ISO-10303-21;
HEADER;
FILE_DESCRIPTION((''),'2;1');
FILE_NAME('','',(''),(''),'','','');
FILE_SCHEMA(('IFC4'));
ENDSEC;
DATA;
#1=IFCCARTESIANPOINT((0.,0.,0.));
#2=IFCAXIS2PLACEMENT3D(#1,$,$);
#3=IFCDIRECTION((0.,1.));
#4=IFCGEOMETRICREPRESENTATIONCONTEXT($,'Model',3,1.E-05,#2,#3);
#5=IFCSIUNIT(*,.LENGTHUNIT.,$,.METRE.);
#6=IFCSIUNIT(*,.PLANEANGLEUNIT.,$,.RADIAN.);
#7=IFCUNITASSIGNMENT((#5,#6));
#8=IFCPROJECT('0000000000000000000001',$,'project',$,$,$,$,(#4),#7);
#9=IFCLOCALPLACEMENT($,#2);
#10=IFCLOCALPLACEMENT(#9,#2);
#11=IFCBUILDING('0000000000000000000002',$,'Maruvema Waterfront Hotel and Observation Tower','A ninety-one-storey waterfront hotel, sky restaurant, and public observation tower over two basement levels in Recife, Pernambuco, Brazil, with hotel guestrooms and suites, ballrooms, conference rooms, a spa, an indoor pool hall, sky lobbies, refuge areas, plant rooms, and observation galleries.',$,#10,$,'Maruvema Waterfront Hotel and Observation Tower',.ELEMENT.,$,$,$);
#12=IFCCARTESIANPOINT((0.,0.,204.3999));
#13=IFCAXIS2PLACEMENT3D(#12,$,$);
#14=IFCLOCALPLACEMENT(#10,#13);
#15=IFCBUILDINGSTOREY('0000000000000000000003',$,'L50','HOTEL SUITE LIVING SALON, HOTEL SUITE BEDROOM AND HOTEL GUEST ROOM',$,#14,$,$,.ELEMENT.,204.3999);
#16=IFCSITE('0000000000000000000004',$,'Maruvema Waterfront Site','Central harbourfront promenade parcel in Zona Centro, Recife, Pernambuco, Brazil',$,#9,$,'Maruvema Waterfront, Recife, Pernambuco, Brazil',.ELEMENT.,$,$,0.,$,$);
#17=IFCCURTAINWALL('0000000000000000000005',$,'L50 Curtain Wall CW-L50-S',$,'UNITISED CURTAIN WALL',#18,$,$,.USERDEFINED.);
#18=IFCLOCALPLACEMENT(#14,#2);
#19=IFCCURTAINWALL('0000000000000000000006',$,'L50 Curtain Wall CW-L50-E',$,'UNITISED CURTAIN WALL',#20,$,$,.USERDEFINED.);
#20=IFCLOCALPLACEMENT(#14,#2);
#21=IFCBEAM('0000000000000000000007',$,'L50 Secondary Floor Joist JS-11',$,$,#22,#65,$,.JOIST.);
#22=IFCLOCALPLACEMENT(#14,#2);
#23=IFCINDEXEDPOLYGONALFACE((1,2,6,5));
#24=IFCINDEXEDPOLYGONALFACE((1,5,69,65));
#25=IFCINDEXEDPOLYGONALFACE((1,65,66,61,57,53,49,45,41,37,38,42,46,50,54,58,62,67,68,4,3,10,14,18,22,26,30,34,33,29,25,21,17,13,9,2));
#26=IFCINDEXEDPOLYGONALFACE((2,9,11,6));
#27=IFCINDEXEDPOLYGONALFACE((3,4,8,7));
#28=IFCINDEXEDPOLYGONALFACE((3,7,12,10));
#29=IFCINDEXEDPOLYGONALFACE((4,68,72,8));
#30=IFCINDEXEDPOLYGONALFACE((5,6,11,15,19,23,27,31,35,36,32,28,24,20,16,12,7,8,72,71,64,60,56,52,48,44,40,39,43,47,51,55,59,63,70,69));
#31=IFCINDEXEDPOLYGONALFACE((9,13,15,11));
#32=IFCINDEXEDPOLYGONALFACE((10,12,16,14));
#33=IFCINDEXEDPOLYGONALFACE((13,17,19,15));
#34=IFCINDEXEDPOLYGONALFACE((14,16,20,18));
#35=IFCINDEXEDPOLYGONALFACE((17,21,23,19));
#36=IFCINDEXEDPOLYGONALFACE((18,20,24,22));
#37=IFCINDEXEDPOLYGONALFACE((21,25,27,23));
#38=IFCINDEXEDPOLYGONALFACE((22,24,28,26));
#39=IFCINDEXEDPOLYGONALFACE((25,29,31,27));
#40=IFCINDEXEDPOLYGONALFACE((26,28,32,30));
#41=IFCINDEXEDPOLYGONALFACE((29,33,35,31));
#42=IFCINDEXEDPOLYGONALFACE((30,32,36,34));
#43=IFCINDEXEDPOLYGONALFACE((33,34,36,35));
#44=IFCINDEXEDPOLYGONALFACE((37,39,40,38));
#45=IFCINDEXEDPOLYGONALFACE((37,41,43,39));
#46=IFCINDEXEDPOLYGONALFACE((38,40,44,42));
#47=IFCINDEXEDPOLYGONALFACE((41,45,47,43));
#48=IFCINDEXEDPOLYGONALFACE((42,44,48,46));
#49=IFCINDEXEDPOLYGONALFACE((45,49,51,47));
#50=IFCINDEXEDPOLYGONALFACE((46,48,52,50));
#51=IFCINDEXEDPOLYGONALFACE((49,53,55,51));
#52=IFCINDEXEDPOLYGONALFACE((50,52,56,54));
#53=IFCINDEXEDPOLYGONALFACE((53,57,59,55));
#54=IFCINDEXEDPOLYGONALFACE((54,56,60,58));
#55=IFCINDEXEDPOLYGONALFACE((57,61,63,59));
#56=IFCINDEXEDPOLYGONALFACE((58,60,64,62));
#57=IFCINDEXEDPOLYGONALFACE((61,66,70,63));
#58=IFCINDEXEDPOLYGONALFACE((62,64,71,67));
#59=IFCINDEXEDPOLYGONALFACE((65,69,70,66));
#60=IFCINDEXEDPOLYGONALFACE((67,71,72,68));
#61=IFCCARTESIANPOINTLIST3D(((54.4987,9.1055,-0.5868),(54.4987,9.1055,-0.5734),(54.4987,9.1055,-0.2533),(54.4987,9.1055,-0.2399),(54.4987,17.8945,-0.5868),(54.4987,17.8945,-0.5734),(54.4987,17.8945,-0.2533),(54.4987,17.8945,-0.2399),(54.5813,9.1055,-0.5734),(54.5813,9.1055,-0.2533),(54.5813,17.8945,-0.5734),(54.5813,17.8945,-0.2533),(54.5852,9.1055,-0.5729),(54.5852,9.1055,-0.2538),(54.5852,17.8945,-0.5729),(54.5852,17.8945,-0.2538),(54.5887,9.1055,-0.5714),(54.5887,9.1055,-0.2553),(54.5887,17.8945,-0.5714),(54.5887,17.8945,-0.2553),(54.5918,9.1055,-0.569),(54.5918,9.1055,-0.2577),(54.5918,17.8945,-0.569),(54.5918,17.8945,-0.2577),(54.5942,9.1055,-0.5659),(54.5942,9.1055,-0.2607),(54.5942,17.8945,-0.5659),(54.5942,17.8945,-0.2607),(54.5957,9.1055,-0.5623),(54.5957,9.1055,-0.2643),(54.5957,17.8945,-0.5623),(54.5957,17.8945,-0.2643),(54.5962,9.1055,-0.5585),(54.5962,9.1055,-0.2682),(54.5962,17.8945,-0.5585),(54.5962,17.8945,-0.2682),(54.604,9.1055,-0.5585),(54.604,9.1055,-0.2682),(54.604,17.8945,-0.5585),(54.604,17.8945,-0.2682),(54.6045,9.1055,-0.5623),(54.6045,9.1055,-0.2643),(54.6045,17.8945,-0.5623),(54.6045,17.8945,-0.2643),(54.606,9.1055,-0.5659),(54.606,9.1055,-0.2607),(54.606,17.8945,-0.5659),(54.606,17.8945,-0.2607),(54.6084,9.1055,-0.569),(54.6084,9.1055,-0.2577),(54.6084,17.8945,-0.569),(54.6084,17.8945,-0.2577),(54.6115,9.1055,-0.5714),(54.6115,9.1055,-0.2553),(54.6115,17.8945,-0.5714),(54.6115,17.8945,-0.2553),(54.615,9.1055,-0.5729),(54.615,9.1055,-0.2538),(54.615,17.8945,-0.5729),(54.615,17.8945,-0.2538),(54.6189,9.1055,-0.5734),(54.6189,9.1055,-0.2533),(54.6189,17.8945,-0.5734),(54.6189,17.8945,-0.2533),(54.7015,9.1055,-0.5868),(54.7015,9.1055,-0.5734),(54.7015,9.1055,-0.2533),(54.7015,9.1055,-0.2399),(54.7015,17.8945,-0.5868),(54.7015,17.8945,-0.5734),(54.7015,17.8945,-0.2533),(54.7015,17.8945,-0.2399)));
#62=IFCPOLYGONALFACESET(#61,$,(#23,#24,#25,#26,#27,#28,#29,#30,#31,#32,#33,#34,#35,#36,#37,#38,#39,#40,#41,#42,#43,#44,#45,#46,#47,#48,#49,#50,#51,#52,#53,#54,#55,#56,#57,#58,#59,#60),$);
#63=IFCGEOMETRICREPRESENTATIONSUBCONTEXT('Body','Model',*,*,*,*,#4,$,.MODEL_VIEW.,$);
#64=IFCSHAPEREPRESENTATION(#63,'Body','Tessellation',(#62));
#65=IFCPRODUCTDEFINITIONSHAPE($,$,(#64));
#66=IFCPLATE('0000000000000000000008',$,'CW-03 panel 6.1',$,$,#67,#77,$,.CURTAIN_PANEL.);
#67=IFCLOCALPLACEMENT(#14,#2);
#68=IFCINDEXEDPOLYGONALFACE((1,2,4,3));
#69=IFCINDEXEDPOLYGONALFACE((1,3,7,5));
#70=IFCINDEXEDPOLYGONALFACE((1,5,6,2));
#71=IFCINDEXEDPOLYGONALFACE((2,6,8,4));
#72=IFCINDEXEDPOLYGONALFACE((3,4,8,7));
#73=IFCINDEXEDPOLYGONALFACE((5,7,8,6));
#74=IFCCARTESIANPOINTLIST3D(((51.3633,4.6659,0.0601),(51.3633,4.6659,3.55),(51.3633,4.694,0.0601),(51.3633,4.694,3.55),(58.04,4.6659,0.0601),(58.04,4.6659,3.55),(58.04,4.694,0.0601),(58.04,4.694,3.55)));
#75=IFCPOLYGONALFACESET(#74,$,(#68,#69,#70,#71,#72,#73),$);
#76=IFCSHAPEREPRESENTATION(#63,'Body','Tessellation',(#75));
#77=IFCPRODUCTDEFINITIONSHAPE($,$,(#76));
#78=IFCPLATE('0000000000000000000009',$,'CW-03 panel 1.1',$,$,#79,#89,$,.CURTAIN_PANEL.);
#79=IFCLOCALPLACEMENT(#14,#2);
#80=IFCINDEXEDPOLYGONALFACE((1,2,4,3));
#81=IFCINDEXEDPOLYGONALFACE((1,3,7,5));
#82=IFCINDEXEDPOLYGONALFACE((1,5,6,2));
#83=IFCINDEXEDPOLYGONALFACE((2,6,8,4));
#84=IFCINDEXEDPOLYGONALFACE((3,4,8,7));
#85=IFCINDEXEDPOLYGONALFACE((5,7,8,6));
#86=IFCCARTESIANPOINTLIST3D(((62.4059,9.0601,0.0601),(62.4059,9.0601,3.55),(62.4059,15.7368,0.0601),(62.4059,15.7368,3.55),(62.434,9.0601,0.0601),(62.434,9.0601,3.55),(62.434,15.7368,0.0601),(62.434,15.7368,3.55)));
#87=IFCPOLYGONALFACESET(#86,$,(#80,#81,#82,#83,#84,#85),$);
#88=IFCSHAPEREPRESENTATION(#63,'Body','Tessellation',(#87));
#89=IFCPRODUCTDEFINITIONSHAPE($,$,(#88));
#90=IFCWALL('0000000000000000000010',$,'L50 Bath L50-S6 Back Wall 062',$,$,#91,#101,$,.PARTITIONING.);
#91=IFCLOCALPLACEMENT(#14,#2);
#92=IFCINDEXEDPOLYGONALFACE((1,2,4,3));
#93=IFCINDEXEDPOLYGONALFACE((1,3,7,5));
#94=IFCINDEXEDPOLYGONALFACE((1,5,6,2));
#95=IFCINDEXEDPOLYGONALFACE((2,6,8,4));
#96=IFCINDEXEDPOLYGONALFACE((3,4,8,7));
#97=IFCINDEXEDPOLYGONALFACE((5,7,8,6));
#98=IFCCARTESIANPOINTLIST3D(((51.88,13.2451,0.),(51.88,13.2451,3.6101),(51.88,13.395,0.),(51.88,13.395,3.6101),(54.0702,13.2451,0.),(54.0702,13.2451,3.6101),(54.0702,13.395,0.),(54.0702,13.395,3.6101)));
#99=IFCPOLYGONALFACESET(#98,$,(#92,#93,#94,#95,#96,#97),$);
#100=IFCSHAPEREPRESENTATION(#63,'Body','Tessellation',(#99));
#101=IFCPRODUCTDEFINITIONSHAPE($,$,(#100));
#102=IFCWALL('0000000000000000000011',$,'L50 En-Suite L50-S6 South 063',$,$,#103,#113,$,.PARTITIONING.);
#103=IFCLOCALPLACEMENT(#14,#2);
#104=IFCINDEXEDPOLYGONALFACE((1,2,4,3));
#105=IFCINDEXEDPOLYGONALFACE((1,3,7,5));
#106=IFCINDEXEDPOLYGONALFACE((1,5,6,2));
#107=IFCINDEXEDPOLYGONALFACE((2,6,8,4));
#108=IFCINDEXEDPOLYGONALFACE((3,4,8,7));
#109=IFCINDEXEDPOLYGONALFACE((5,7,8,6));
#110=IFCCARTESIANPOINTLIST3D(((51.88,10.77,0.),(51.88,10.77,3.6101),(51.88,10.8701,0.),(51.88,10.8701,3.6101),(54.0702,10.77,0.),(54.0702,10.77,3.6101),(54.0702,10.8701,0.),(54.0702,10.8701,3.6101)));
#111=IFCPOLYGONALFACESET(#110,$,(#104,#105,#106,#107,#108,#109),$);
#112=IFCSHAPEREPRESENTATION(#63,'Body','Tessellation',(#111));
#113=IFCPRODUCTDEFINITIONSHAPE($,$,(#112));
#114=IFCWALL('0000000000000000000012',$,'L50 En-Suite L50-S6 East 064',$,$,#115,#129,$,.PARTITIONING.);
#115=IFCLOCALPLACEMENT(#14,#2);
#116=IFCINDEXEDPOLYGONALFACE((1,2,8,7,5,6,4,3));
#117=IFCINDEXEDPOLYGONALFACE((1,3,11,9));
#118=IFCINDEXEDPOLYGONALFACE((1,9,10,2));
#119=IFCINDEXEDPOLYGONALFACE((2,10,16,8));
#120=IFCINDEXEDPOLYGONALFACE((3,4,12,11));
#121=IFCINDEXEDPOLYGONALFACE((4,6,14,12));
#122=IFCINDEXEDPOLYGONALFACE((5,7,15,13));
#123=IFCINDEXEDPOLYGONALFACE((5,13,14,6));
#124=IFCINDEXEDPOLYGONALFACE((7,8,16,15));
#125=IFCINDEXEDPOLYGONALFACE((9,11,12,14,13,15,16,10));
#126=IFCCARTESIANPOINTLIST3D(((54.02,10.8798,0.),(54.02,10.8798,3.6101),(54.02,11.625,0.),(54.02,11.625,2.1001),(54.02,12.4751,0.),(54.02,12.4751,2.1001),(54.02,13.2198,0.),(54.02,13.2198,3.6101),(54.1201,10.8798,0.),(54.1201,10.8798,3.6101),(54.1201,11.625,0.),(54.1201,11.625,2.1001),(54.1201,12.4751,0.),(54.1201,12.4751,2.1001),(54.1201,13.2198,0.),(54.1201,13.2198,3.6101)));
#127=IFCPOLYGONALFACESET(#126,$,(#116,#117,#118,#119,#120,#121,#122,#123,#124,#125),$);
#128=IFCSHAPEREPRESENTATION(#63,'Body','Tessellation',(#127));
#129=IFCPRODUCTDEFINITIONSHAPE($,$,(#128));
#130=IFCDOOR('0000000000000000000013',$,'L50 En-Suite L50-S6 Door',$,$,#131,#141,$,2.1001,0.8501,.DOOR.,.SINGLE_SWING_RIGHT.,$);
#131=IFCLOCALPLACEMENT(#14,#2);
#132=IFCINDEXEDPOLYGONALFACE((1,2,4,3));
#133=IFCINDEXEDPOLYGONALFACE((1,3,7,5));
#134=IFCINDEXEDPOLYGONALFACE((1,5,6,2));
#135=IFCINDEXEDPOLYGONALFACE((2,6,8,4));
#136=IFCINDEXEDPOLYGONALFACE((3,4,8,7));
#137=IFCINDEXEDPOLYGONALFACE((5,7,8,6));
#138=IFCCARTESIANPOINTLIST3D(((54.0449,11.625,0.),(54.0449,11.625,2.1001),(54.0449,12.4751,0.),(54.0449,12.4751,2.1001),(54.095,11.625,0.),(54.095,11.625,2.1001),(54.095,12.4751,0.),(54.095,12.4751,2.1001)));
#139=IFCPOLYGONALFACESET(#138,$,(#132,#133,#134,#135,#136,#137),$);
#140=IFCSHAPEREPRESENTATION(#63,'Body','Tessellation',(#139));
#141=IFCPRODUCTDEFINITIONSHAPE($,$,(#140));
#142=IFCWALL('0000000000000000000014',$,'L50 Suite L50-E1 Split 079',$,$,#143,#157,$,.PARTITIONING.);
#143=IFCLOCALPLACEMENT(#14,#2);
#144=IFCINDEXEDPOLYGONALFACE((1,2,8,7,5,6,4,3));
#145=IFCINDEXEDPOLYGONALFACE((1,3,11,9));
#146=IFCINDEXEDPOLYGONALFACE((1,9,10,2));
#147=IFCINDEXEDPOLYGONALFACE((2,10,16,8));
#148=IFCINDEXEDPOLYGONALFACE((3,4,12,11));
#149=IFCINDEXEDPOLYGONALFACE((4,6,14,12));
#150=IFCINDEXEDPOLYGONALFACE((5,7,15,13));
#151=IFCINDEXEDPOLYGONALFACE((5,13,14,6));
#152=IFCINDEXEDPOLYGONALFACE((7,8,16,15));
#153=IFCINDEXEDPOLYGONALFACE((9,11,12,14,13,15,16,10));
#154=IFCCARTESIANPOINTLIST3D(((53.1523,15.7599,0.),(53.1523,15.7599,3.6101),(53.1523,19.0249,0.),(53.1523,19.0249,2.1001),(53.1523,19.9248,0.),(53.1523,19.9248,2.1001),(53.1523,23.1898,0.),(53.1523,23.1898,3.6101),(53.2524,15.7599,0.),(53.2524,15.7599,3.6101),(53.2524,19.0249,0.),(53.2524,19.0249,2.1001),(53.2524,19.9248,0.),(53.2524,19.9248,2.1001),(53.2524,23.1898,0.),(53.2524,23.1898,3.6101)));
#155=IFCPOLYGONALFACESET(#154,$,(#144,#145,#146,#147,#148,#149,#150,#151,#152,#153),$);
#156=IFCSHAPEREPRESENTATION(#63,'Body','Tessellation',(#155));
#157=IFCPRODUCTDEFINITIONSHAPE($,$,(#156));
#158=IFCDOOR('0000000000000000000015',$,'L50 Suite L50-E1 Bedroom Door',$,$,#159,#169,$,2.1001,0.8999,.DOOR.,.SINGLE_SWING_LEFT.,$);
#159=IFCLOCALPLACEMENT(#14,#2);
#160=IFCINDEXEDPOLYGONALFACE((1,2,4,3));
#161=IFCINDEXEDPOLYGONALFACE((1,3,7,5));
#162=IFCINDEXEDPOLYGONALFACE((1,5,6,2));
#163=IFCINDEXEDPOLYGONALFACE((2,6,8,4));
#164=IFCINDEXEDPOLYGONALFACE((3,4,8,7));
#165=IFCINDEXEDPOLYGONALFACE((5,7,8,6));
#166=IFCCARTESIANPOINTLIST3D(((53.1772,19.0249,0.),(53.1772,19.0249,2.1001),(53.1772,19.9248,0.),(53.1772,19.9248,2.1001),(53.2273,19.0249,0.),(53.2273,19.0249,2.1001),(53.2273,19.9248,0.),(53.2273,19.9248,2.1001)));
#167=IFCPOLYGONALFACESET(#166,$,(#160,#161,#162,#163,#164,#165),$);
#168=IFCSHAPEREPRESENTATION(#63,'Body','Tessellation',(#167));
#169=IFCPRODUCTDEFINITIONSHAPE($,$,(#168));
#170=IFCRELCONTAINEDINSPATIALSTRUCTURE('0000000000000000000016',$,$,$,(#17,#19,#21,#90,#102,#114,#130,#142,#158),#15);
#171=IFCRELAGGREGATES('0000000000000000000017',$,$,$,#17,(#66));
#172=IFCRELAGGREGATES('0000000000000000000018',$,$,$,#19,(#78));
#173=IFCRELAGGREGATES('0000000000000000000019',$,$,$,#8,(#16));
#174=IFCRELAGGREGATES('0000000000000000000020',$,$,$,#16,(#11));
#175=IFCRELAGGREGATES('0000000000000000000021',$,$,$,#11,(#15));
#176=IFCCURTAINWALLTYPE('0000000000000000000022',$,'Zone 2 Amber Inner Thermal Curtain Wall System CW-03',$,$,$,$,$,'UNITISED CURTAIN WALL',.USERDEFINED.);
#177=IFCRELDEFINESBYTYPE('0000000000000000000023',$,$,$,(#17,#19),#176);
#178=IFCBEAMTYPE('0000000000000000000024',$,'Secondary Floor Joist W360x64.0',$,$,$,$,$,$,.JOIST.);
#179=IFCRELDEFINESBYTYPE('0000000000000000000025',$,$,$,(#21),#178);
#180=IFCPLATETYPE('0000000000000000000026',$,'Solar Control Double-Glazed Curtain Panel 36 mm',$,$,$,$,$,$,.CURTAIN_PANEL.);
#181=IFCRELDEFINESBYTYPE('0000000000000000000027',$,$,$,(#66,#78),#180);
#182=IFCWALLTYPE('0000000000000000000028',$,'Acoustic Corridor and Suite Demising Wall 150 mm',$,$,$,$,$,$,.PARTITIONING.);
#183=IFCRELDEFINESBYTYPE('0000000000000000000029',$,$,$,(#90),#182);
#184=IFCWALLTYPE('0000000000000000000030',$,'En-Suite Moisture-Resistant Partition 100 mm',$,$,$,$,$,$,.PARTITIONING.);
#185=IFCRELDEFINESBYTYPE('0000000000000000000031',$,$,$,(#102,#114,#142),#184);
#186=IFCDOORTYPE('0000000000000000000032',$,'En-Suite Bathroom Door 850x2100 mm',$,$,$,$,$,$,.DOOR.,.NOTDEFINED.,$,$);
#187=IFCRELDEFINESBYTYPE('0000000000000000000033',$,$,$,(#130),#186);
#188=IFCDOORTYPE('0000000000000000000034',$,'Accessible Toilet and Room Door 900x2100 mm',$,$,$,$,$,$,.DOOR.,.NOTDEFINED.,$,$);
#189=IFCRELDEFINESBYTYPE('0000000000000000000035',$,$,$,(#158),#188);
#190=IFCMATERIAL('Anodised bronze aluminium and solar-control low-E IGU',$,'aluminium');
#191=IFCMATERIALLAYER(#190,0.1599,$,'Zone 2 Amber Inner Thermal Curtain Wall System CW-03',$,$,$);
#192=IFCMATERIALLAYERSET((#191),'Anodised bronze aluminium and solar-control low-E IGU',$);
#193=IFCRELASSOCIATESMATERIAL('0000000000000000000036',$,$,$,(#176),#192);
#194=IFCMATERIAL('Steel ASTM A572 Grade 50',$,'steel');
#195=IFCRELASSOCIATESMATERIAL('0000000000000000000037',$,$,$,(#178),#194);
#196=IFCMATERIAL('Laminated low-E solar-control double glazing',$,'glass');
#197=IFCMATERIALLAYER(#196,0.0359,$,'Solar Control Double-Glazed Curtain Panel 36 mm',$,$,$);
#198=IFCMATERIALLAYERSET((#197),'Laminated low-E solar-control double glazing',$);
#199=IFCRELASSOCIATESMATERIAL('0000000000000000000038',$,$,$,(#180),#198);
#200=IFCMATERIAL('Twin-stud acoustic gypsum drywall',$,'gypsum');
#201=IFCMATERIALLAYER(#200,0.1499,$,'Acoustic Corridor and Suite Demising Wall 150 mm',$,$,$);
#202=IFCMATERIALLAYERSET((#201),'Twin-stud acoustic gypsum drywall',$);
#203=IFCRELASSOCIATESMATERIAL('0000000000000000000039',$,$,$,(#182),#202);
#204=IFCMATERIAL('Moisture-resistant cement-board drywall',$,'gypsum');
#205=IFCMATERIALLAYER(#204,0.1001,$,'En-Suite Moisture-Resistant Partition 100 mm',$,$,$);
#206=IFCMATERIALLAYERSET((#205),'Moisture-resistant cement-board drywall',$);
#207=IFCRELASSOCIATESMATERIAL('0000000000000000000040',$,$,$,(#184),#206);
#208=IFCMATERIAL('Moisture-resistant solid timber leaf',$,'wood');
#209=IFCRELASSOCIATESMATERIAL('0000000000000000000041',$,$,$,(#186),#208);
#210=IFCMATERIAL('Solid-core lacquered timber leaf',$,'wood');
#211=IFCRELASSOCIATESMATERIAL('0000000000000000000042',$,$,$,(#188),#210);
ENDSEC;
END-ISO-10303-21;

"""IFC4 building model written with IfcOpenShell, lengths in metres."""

from ifc_helpers import new_model, si_unit, direction, frame, frame_2d, origin, origin_2d, place, context, subcontext, project, spatial, rectangle, i_section, extrude, material, layer, layer_set, material_profile, profile_set, type_object, element, fill, aggregate, save


model = new_model("IFC4")

# Units and contexts
model_context = context("Model", 3, precision=1e-05, world=origin(), true_north=direction((0.0, 1.0)))
body_context = subcontext(model_context, "Body", "Model", "MODEL_VIEW")
ifc_project = project(units=[si_unit("LENGTHUNIT", "METRE"), si_unit("PLANEANGLEUNIT", "RADIAN")], contexts=[model_context])

# Site, building, storey
site_placement = place(None, origin())
site = spatial("IfcSite", under=ifc_project, at=site_placement, Name="Maruvema Waterfront Site", Description="Central harbourfront promenade parcel in Zona Centro, Recife, Pernambuco, Brazil", LongName="Maruvema Waterfront, Recife, Pernambuco, Brazil", CompositionType="ELEMENT", RefElevation=0.0)
building_placement = place(site_placement, origin())
building = spatial("IfcBuilding", under=site, at=building_placement, Name="Maruvema Waterfront Hotel and Observation Tower", Description="A ninety-one-storey waterfront hotel, sky restaurant, and public observation tower over two basement levels in Recife, Pernambuco, Brazil, with hotel guestrooms and suites, ballrooms, conference rooms, a spa, an indoor pool hall, sky lobbies, refuge areas, plant rooms, and observation galleries.", LongName="Maruvema Waterfront Hotel and Observation Tower", CompositionType="ELEMENT")
storey_placement = place(building_placement, frame((0.0, 0.0, 204.3999)))
storey = spatial("IfcBuildingStorey", under=building, at=storey_placement, Name="L50", Description="HOTEL SUITE LIVING SALON, HOTEL SUITE BEDROOM AND HOTEL GUEST ROOM", CompositionType="ELEMENT", Elevation=204.3999)

# Curtain walls
ifc_material_1 = material(Name="Anodised bronze aluminium and solar-control low-E IGU", Category="aluminium")
ifc_layer_1 = layer(ifc_material_1, 0.1599, Name="Zone 2 Amber Inner Thermal Curtain Wall System CW-03")
ifc_layer_set_1 = layer_set([ifc_layer_1], Name="Anodised bronze aluminium and solar-control low-E IGU")
curtain_wall_type = type_object("IfcCurtainWallType", Name="Zone 2 Amber Inner Thermal Curtain Wall System CW-03", ElementType="UNITISED CURTAIN WALL", PredefinedType="USERDEFINED", material=ifc_layer_set_1)
curtain_wall_1_placement = place(storey_placement, origin())
curtain_wall_1 = element("IfcCurtainWall", 1, at=curtain_wall_1_placement, inside=storey, type_object=curtain_wall_type, Name="L50 Curtain Wall CW-L50-S", ObjectType="UNITISED CURTAIN WALL", PredefinedType="USERDEFINED")
curtain_wall_2_placement = place(storey_placement, origin())
curtain_wall_2 = element("IfcCurtainWall", 2, at=curtain_wall_2_placement, inside=storey, type_object=curtain_wall_type, Name="L50 Curtain Wall CW-L50-E", ObjectType="UNITISED CURTAIN WALL", PredefinedType="USERDEFINED")

# Beam
ifc_material_2 = material(Name="Steel ASTM A572 Grade 50", Category="steel")
ifc_material_profile_1 = material_profile(ifc_material_2, i_section(OverallWidth=0.2029, OverallDepth=0.3469, WebThickness=0.0078, FlangeThickness=0.0134, FilletRadius=0.0149, at=origin_2d()), Name="W360x64.0")
ifc_profile_set_1 = profile_set([ifc_material_profile_1], Name="Steel ASTM A572 Grade 50")
beam_type_1 = type_object("IfcBeamType", Name="Secondary Floor Joist W360x64.0", PredefinedType="JOIST", material=ifc_profile_set_1)
beam_1_placement = place(storey_placement, frame((54.6001, 9.1055, -0.4133), z_axis=(0.0, 1.0, 0.0), x_axis=(-1.0, 0.0, 0.0)))
element("IfcBeam", 3, at=beam_1_placement, inside=storey, type_object=beam_type_1, Name="L50 Secondary Floor Joist JS-11", PredefinedType="JOIST", context=body_context, shape_type="SweptSolid", body=[
    extrude(i_section(OverallWidth=0.2029, OverallDepth=0.3469, WebThickness=0.0078, FlangeThickness=0.0134, FilletRadius=0.0149, at=origin_2d()), origin(), (0.0, 0.0, 1.0), 8.7891),
])

# Plates
ifc_material_3 = material(Name="Laminated low-E solar-control double glazing", Category="glass")
ifc_layer_2 = layer(ifc_material_3, 0.0359, Name="Solar Control Double-Glazed Curtain Panel 36 mm")
ifc_layer_set_2 = layer_set([ifc_layer_2], Name="Laminated low-E solar-control double glazing")
plate_type = type_object("IfcPlateType", Name="Solar Control Double-Glazed Curtain Panel 36 mm", PredefinedType="CURTAIN_PANEL", material=ifc_layer_set_2)
plate_1_placement = place(storey_placement, frame((54.7017, 4.6799, 0.0601), z_axis=(0.0, 0.0, 1.0), x_axis=(1.0, 0.0, 0.0)))
plate_1 = element("IfcPlate", 4, at=plate_1_placement, type_object=plate_type, Name="CW-03 panel 6.1", PredefinedType="CURTAIN_PANEL", context=body_context, shape_type="SweptSolid", body=[
    extrude(rectangle(XDim=6.6768, YDim=0.0281, at=origin_2d()), origin(), (0.0, 0.0, 1.0), 3.49),
])
aggregate(curtain_wall_1, [plate_1])
plate_2_placement = place(storey_placement, frame((62.4199, 12.3984, 0.0601), z_axis=(0.0, 0.0, 1.0), x_axis=(0.0, 1.0, 0.0)))
plate_2 = element("IfcPlate", 5, at=plate_2_placement, type_object=plate_type, Name="CW-03 panel 1.1", PredefinedType="CURTAIN_PANEL", context=body_context, shape_type="SweptSolid", body=[
    extrude(rectangle(XDim=6.6768, YDim=0.0281, at=origin_2d()), origin(), (0.0, 0.0, 1.0), 3.49),
])
aggregate(curtain_wall_2, [plate_2])

# Wall
ifc_material_4 = material(Name="Twin-stud acoustic gypsum drywall", Category="gypsum")
ifc_layer_3 = layer(ifc_material_4, 0.1499, Name="Acoustic Corridor and Suite Demising Wall 150 mm")
ifc_layer_set_3 = layer_set([ifc_layer_3], Name="Twin-stud acoustic gypsum drywall")
wall_type_1 = type_object("IfcWallType", Name="Acoustic Corridor and Suite Demising Wall 150 mm", PredefinedType="PARTITIONING", material=ifc_layer_set_3)
wall_1_placement = place(storey_placement, frame((51.8799, 13.3201, 0.0), z_axis=(0.0, 0.0, 1.0), x_axis=(1.0, 0.0, 0.0)))
element("IfcWall", 6, at=wall_1_placement, inside=storey, type_object=wall_type_1, Name="L50 Bath L50-S6 Back Wall 062", PredefinedType="PARTITIONING", context=body_context, shape_type="SweptSolid", body=[
    extrude(rectangle(XDim=2.1902, YDim=0.1499, at=frame_2d((1.0952, 0.0))), origin(), (0.0, 0.0, 1.0), 3.6101),
])

# Wall
ifc_material_5 = material(Name="Moisture-resistant cement-board drywall", Category="gypsum")
ifc_layer_4 = layer(ifc_material_5, 0.1001, Name="En-Suite Moisture-Resistant Partition 100 mm")
ifc_layer_set_4 = layer_set([ifc_layer_4], Name="Moisture-resistant cement-board drywall")
wall_type_2 = type_object("IfcWallType", Name="En-Suite Moisture-Resistant Partition 100 mm", PredefinedType="PARTITIONING", material=ifc_layer_set_4)
wall_2_placement = place(storey_placement, frame((51.8799, 10.8201, 0.0), z_axis=(0.0, 0.0, 1.0), x_axis=(1.0, 0.0, 0.0)))
element("IfcWall", 7, at=wall_2_placement, inside=storey, type_object=wall_type_2, Name="L50 En-Suite L50-S6 South 063", PredefinedType="PARTITIONING", context=body_context, shape_type="SweptSolid", body=[
    extrude(rectangle(XDim=2.1902, YDim=0.1001, at=frame_2d((1.0952, 0.0))), origin(), (0.0, 0.0, 1.0), 3.6101),
])

# Walls, openings, doors
wall_3_placement = place(storey_placement, frame((54.0701, 10.8799, 0.0), z_axis=(0.0, 0.0, 1.0), x_axis=(0.0, 1.0, 0.0)))
wall_3 = element("IfcWall", 8, at=wall_3_placement, inside=storey, type_object=wall_type_2, Name="L50 En-Suite L50-S6 East 064", PredefinedType="PARTITIONING", context=body_context, shape_type="SweptSolid", body=[
    extrude(rectangle(XDim=2.3401, YDim=0.1001, at=frame_2d((1.1699, 0.0))), origin(), (0.0, 0.0, 1.0), 3.6101),
])
opening_1_placement = place(wall_3_placement, frame((0.7451, 0.0, 0.0)))
opening_1 = element("IfcOpeningElement", 9, at=opening_1_placement, cuts=wall_3, PredefinedType="OPENING", context=body_context, shape_type="SweptSolid", body=[
    extrude(rectangle(XDim=0.8501, YDim=2.1001, at=frame_2d((0.425, 1.05))), frame((0.0, 0.0601, 0.0), z_axis=(0.0, -1.0, 0.0), x_axis=(1.0, 0.0, 0.0)), (0.0, 0.0, 1.0), 0.1201),
])
ifc_material_6 = material(Name="Moisture-resistant solid timber leaf", Category="wood")
door_type_1 = type_object("IfcDoorType", Name="En-Suite Bathroom Door 850x2100 mm", OperationType="NOTDEFINED", PredefinedType="DOOR", material=ifc_material_6)
door_1_placement = place(opening_1_placement, frame((0.8501, 0.0, 0.0), z_axis=(0.0, 0.0, 1.0), x_axis=(-1.0, 0.0, 0.0)))
door_1 = element("IfcDoor", 10, at=door_1_placement, inside=storey, type_object=door_type_1, Name="L50 En-Suite L50-S6 Door", OperationType="SINGLE_SWING_RIGHT", OverallHeight=2.1001, OverallWidth=0.8501, PredefinedType="DOOR", context=body_context, shape_type="SweptSolid", body=[
    extrude(rectangle(XDim=0.8501, YDim=2.1001, at=frame_2d((0.425, 1.05))), frame((0.0, 0.0249, 0.0), z_axis=(0.0, -1.0, 0.0), x_axis=(1.0, 0.0, 0.0)), (0.0, 0.0, 1.0), 0.05),
])
fill(opening_1, door_1)
wall_4_placement = place(storey_placement, frame((53.2024, 15.76, 0.0), z_axis=(0.0, 0.0, 1.0), x_axis=(0.0, 1.0, 0.0)))
wall_4 = element("IfcWall", 11, at=wall_4_placement, inside=storey, type_object=wall_type_2, Name="L50 Suite L50-E1 Split 079", PredefinedType="PARTITIONING", context=body_context, shape_type="SweptSolid", body=[
    extrude(rectangle(XDim=7.4299, YDim=0.1001, at=frame_2d((3.7148, 0.0))), origin(), (0.0, 0.0, 1.0), 3.6101),
])
opening_2_placement = place(wall_4_placement, frame((3.2649, 0.0, 0.0)))
opening_2 = element("IfcOpeningElement", 12, at=opening_2_placement, cuts=wall_4, PredefinedType="OPENING", context=body_context, shape_type="SweptSolid", body=[
    extrude(rectangle(XDim=0.8999, YDim=2.1001, at=frame_2d((0.45, 1.05))), frame((0.0, 0.0601, 0.0), z_axis=(0.0, -1.0, 0.0), x_axis=(1.0, 0.0, 0.0)), (0.0, 0.0, 1.0), 0.1201),
])
ifc_material_7 = material(Name="Solid-core lacquered timber leaf", Category="wood")
door_type_2 = type_object("IfcDoorType", Name="Accessible Toilet and Room Door 900x2100 mm", OperationType="NOTDEFINED", PredefinedType="DOOR", material=ifc_material_7)
door_2_placement = place(opening_2_placement, frame((0.8999, 0.0, 0.0), z_axis=(0.0, 0.0, 1.0), x_axis=(-1.0, 0.0, 0.0)))
door_2 = element("IfcDoor", 13, at=door_2_placement, inside=storey, type_object=door_type_2, Name="L50 Suite L50-E1 Bedroom Door", OperationType="SINGLE_SWING_LEFT", OverallHeight=2.1001, OverallWidth=0.8999, PredefinedType="DOOR", context=body_context, shape_type="SweptSolid", body=[
    extrude(rectangle(XDim=0.8999, YDim=2.1001, at=frame_2d((0.45, 1.05))), frame((0.0, 0.0249, 0.0), z_axis=(0.0, -1.0, 0.0), x_axis=(1.0, 0.0, 0.0)), (0.0, 0.0, 1.0), 0.05),
])
fill(opening_2, door_2)

save(model, "model.ifc")
